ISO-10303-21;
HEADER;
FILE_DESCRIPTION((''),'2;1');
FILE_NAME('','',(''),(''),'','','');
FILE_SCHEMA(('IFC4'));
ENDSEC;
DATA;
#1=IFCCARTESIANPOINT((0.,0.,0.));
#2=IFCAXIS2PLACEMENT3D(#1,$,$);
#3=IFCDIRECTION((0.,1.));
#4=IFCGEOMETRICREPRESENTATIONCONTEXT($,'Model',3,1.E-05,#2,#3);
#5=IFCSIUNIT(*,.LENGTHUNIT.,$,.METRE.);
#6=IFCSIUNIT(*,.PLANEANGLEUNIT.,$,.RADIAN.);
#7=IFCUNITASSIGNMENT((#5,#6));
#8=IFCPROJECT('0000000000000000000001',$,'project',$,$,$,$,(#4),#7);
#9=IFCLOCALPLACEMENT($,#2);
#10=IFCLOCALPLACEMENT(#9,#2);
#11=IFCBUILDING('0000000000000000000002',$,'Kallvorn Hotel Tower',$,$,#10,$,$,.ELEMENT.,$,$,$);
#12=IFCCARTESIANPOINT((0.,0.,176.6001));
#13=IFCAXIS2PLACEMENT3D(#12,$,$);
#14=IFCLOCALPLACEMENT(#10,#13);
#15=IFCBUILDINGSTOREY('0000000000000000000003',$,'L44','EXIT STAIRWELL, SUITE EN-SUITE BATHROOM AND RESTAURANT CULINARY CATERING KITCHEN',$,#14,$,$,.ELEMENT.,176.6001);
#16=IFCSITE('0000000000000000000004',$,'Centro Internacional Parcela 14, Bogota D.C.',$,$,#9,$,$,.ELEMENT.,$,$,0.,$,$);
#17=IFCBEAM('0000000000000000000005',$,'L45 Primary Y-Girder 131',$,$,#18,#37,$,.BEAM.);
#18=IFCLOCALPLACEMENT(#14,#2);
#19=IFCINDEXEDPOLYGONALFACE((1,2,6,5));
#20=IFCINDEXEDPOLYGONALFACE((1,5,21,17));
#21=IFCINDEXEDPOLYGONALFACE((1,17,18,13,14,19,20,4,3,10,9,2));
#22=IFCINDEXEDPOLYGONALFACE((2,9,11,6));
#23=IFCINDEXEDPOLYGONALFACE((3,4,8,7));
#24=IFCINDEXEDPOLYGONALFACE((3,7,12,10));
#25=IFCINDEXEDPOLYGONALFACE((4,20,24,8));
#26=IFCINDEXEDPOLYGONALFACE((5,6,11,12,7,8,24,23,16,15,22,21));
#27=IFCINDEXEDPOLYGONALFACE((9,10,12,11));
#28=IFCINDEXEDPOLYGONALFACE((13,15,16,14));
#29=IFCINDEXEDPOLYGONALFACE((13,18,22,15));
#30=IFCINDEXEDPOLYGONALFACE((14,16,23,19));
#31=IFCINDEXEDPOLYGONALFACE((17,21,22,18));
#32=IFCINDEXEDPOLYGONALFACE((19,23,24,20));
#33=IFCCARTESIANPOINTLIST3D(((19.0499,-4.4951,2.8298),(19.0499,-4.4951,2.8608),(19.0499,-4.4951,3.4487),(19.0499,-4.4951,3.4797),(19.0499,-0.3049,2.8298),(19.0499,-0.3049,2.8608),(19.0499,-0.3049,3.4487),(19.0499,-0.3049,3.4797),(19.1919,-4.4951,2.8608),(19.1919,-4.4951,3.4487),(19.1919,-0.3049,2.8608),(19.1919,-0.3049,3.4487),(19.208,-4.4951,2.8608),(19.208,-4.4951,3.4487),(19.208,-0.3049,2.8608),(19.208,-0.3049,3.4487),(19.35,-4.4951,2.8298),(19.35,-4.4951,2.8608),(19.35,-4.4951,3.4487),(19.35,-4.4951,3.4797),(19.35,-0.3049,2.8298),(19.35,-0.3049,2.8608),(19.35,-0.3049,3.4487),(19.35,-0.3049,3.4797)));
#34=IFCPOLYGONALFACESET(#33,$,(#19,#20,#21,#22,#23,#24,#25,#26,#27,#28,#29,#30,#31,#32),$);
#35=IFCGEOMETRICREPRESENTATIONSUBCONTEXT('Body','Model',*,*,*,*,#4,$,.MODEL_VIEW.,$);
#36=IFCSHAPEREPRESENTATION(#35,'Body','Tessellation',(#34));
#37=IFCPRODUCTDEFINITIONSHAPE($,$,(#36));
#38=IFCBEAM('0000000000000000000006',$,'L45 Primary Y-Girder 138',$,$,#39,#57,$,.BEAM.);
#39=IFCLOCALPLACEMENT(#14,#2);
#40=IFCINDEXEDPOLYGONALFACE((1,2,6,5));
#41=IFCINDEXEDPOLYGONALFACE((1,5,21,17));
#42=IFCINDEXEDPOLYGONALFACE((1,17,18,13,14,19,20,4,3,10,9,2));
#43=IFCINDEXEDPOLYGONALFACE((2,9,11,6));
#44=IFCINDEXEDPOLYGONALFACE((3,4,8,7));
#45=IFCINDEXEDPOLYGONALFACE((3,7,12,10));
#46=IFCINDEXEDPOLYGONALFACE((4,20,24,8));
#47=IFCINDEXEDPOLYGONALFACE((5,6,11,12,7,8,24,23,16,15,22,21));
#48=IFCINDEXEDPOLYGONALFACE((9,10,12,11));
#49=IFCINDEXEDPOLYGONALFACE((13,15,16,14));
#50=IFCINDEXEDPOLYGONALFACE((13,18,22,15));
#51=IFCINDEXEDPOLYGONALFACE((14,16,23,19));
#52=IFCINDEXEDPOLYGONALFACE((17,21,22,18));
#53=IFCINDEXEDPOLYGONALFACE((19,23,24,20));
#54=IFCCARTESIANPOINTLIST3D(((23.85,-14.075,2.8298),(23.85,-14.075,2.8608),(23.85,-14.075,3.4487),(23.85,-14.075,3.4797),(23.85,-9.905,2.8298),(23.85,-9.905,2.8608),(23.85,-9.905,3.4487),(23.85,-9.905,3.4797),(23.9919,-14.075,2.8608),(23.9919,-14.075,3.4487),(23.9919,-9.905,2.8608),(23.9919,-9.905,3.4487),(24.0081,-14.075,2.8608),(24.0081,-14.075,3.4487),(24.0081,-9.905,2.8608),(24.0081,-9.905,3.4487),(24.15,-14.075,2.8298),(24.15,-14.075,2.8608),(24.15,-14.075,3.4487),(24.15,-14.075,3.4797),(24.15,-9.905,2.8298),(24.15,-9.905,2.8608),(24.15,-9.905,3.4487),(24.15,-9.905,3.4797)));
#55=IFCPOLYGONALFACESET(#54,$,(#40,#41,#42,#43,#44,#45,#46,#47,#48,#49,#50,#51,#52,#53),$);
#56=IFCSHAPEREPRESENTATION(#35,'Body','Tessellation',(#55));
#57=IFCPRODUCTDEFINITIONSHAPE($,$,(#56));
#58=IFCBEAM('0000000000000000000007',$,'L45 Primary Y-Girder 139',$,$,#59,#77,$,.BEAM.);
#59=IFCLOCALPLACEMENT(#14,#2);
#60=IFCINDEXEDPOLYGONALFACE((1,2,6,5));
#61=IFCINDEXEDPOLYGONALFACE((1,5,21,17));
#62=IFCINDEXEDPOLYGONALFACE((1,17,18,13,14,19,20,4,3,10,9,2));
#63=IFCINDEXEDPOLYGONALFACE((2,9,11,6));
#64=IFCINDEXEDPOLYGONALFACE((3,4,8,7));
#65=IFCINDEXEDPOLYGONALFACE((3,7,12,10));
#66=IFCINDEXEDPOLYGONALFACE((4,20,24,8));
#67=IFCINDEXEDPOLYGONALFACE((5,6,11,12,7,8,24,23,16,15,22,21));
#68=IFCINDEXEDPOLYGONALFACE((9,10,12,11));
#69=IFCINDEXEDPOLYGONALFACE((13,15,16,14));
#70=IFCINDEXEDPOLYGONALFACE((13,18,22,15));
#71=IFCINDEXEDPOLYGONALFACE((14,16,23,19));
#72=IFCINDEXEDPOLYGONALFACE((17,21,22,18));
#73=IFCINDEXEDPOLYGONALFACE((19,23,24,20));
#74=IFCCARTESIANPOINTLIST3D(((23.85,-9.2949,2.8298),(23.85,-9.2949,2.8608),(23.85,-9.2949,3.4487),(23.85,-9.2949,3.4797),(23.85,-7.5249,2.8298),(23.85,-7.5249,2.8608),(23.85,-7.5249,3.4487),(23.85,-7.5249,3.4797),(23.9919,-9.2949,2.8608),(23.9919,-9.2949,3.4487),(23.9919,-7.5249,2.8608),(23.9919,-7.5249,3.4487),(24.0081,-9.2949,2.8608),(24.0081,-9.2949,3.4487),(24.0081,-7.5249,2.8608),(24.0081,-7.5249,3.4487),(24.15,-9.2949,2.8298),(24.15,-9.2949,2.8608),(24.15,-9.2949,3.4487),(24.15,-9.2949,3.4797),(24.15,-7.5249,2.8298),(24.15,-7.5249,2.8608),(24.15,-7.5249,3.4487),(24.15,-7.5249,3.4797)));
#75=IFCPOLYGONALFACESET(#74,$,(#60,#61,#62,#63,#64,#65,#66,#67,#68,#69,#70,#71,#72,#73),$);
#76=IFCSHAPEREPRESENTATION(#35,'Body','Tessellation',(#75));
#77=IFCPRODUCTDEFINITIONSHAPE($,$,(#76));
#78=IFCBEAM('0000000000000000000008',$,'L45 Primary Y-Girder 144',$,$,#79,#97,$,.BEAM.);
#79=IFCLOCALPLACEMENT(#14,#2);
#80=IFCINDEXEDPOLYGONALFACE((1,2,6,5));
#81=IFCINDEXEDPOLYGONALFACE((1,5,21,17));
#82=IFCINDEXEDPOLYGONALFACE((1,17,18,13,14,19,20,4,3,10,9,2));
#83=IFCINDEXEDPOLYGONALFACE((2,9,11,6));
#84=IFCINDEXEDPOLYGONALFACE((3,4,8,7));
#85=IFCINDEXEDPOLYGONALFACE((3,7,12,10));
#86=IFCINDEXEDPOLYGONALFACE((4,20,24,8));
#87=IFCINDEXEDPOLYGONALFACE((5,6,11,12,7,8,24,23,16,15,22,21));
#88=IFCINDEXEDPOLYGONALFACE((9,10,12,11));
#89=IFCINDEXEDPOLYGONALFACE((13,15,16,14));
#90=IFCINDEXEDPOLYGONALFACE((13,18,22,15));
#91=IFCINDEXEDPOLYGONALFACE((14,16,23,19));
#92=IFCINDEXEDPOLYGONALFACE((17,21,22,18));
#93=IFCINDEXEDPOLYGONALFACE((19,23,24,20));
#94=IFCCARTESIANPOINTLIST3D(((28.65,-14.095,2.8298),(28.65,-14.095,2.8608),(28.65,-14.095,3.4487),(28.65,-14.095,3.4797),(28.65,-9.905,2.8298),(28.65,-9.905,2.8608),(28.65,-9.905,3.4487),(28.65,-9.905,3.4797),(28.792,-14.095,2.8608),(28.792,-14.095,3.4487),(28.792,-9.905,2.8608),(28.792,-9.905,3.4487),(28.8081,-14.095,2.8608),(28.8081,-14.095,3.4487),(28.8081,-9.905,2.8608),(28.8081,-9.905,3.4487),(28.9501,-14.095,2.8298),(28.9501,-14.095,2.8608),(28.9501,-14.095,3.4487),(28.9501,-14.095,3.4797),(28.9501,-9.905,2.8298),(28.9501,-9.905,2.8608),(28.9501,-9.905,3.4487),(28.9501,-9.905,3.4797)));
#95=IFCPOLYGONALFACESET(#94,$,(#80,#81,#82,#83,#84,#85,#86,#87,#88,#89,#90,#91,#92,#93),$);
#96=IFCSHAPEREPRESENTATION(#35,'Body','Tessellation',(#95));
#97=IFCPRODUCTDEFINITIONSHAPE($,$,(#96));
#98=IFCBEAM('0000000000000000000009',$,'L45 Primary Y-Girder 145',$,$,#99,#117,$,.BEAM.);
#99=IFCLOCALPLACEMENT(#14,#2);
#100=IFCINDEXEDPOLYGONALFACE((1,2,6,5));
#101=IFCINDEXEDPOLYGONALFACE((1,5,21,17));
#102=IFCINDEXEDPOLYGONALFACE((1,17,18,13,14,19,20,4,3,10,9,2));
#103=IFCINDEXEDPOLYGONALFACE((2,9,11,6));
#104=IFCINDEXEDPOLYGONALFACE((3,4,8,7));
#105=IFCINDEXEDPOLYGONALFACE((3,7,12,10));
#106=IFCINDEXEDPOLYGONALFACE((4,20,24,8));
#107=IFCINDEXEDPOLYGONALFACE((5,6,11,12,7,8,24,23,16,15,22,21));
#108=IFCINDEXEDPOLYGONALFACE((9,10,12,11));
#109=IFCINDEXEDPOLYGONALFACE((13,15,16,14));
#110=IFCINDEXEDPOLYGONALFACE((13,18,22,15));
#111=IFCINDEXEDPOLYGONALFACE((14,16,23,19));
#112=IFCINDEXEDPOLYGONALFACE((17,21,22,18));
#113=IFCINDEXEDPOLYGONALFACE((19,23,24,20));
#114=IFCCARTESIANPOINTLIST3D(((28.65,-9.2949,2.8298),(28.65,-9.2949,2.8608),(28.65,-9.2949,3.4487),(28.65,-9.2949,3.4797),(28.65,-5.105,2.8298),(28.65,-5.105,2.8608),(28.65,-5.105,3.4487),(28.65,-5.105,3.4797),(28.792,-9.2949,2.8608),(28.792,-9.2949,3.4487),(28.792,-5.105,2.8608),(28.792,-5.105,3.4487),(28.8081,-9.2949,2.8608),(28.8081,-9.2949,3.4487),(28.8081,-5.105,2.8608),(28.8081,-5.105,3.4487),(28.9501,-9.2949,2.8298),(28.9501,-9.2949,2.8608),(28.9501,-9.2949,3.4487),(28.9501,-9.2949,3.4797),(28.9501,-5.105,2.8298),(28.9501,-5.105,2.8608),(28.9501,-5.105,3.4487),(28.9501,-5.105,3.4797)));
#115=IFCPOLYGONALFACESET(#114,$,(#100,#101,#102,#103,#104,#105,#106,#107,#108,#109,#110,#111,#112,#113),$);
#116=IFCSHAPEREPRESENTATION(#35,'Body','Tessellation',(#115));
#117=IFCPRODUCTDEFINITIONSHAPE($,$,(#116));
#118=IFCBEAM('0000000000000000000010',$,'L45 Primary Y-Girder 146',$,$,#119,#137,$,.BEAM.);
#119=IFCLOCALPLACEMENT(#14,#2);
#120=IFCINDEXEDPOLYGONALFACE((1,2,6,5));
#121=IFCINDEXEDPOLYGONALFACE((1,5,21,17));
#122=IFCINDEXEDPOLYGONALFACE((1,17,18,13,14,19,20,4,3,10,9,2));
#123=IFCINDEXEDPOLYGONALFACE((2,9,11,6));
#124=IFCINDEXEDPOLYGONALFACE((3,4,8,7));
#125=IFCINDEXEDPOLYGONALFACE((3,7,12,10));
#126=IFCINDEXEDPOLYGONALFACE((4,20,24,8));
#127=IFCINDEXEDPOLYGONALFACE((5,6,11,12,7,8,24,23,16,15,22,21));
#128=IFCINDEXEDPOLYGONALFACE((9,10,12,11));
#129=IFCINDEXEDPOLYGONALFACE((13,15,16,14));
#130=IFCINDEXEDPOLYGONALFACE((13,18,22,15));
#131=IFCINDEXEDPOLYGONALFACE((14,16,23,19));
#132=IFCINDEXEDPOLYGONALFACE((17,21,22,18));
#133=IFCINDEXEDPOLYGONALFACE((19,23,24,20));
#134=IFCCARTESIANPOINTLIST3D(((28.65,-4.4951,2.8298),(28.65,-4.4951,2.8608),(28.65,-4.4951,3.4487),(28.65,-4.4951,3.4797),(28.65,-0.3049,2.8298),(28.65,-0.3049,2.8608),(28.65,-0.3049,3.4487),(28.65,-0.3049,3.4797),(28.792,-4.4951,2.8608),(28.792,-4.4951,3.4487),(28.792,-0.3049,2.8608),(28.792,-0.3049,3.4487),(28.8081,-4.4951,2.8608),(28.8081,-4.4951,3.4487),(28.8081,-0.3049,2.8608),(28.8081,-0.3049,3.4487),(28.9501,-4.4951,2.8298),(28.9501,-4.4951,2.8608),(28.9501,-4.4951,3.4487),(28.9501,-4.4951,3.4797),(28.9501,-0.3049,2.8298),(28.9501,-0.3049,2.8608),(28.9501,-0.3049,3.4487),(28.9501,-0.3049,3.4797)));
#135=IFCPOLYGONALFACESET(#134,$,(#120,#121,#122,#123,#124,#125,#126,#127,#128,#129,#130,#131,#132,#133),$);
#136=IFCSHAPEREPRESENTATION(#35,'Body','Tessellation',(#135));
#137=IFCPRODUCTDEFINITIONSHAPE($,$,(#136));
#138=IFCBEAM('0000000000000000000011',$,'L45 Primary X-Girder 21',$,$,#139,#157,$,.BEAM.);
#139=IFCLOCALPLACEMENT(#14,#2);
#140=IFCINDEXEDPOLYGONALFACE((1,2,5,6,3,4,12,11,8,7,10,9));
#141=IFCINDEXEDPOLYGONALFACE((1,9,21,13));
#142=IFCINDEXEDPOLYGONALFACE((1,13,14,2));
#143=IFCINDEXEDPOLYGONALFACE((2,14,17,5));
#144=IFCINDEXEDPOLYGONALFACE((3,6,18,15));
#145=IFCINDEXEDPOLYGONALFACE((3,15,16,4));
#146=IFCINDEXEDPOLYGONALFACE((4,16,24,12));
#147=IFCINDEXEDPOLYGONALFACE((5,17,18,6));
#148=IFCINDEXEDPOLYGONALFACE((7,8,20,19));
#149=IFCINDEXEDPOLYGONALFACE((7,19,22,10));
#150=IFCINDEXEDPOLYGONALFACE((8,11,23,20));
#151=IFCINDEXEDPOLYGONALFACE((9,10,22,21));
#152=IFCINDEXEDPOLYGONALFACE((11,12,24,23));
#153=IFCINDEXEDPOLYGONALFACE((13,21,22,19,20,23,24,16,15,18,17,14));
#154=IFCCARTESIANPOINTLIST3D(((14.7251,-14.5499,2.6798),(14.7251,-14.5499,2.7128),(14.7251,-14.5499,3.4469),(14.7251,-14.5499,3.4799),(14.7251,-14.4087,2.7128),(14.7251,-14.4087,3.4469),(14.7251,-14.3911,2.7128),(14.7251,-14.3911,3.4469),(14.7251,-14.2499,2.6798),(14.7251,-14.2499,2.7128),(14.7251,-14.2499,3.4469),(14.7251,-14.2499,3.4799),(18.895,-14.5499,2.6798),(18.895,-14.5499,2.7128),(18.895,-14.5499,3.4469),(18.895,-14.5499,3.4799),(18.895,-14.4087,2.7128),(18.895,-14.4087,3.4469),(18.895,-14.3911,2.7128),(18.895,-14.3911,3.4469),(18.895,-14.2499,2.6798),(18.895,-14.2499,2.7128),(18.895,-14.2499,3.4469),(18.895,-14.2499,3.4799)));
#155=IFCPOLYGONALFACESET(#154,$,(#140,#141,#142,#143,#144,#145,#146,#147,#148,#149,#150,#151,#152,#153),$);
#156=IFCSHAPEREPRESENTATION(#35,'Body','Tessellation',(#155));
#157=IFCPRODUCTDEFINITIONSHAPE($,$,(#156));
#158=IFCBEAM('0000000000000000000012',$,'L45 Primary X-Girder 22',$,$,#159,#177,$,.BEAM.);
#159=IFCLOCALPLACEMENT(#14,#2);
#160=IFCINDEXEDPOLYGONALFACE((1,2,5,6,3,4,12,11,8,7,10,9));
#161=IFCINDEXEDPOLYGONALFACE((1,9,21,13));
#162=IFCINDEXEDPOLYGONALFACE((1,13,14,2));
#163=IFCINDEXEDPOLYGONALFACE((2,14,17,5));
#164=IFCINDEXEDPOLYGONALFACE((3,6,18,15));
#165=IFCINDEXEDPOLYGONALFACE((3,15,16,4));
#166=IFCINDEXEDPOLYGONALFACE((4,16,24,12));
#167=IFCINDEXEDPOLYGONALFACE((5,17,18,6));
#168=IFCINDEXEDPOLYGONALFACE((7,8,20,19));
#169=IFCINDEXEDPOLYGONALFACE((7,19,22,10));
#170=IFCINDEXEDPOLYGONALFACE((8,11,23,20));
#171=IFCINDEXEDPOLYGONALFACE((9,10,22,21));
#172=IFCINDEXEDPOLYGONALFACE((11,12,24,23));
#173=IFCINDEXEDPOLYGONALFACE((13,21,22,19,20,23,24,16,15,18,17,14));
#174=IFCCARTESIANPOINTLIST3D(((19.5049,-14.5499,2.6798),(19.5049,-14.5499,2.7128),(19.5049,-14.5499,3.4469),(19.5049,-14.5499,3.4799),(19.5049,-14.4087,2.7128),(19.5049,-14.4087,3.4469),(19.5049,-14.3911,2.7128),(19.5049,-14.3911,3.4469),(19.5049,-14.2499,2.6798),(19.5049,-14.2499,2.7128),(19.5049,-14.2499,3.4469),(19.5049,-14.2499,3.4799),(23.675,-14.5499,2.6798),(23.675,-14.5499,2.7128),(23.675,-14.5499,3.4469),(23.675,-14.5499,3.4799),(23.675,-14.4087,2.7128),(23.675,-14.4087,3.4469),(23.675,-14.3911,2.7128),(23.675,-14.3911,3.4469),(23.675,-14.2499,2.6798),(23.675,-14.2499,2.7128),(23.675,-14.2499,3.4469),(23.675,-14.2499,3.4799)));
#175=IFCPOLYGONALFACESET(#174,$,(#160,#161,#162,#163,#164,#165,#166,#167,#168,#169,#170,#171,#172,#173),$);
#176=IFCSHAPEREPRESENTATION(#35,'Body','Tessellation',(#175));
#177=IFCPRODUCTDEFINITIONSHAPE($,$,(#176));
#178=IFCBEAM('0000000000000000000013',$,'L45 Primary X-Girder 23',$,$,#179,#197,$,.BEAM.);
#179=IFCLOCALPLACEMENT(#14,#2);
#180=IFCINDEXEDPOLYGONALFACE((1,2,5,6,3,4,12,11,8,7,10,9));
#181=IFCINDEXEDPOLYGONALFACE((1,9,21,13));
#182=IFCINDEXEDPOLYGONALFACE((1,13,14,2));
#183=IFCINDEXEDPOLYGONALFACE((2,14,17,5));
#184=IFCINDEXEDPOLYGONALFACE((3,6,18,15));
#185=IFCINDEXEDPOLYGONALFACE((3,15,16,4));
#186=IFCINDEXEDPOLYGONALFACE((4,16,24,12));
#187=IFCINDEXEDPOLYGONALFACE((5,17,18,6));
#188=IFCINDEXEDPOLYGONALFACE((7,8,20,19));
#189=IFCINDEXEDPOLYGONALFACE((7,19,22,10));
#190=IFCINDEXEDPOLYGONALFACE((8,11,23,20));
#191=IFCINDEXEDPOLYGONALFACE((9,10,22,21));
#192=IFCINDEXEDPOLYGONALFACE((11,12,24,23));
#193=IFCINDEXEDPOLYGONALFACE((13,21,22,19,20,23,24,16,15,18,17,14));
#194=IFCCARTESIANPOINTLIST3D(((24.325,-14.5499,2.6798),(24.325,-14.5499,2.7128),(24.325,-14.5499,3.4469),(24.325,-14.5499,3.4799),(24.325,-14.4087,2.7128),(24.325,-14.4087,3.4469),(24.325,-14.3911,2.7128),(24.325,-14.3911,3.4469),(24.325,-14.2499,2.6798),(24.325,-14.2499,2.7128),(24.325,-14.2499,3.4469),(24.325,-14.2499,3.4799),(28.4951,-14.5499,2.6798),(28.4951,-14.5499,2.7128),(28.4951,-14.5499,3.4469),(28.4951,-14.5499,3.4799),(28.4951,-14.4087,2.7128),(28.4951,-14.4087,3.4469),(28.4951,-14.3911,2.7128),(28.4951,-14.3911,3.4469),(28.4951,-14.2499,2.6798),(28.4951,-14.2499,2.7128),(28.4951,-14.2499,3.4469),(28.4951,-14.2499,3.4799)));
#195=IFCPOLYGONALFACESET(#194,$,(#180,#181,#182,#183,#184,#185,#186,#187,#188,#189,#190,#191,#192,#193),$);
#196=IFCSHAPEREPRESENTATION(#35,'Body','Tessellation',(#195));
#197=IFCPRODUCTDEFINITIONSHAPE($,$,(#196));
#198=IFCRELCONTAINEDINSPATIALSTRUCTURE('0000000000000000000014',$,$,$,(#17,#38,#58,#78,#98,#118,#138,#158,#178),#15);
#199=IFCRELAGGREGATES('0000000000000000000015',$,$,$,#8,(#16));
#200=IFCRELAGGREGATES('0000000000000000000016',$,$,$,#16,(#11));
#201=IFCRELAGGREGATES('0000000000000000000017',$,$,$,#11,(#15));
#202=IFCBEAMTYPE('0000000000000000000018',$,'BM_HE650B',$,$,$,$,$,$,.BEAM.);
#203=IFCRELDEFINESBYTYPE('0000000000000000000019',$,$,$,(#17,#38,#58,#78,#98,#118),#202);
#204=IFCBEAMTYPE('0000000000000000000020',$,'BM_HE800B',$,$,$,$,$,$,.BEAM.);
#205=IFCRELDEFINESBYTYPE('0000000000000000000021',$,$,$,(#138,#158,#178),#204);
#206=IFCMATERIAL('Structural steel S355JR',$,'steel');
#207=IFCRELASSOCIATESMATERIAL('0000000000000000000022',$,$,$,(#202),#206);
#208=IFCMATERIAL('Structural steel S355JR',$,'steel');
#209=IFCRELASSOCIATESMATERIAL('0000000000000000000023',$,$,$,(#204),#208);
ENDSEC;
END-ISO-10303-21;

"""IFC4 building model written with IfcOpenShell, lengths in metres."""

from ifc_helpers import new_model, si_unit, direction, frame, origin, origin_2d, place, context, subcontext, project, spatial, i_section, extrude, material, material_profile, profile_set, type_object, element, save


model = new_model("IFC4")

# Units and contexts
model_context = context("Model", 3, precision=1e-05, world=origin(), true_north=direction((0.0, 1.0)))
body_context = subcontext(model_context, "Body", "Model", "MODEL_VIEW")
ifc_project = project(units=[si_unit("LENGTHUNIT", "METRE"), si_unit("PLANEANGLEUNIT", "RADIAN")], contexts=[model_context])

# Site, building, storey
site_placement = place(None, origin())
site = spatial("IfcSite", under=ifc_project, at=site_placement, Name="Centro Internacional Parcela 14, Bogota D.C.", CompositionType="ELEMENT", RefElevation=0.0)
building_placement = place(site_placement, origin())
building = spatial("IfcBuilding", under=site, at=building_placement, Name="Kallvorn Hotel Tower", CompositionType="ELEMENT")
storey_placement = place(building_placement, frame((0.0, 0.0, 176.6001)))
storey = spatial("IfcBuildingStorey", under=building, at=storey_placement, Name="L44", Description="EXIT STAIRWELL, SUITE EN-SUITE BATHROOM AND RESTAURANT CULINARY CATERING KITCHEN", CompositionType="ELEMENT", Elevation=176.6001)

# Beams
ifc_material_1 = material(Name="Structural steel S355JR", Category="steel")
ifc_material_profile_1 = material_profile(ifc_material_1, i_section(OverallWidth=0.3, OverallDepth=0.6499, WebThickness=0.0161, FlangeThickness=0.031, at=origin_2d()), Name="HE 650 B")
ifc_profile_set_1 = profile_set([ifc_material_profile_1], Name="Structural steel S355JR")
beam_type_1 = type_object("IfcBeamType", Name="BM_HE650B", PredefinedType="BEAM", material=ifc_profile_set_1)
beam_1_placement = place(storey_placement, frame((19.2, -4.4951, 3.1548), z_axis=(0.0, 1.0, 0.0), x_axis=(-1.0, 0.0, 0.0)))
element("IfcBeam", 1, at=beam_1_placement, inside=storey, type_object=beam_type_1, Name="L45 Primary Y-Girder 131", PredefinedType="BEAM", context=body_context, shape_type="SweptSolid", body=[
    extrude(i_section(OverallWidth=0.3, OverallDepth=0.6499, WebThickness=0.0161, FlangeThickness=0.031, at=origin_2d()), origin(), (0.0, 0.0, 1.0), 4.1902),
])
beam_2_placement = place(storey_placement, frame((24.0, -14.075, 3.1548), z_axis=(0.0, 1.0, 0.0), x_axis=(-1.0, 0.0, 0.0)))
element("IfcBeam", 2, at=beam_2_placement, inside=storey, type_object=beam_type_1, Name="L45 Primary Y-Girder 138", PredefinedType="BEAM", context=body_context, shape_type="SweptSolid", body=[
    extrude(i_section(OverallWidth=0.3, OverallDepth=0.6499, WebThickness=0.0161, FlangeThickness=0.031, at=origin_2d()), origin(), (0.0, 0.0, 1.0), 4.1699),
])
beam_3_placement = place(storey_placement, frame((24.0, -9.2949, 3.1548), z_axis=(0.0, 1.0, 0.0), x_axis=(-1.0, 0.0, 0.0)))
element("IfcBeam", 3, at=beam_3_placement, inside=storey, type_object=beam_type_1, Name="L45 Primary Y-Girder 139", PredefinedType="BEAM", context=body_context, shape_type="SweptSolid", body=[
    extrude(i_section(OverallWidth=0.3, OverallDepth=0.6499, WebThickness=0.0161, FlangeThickness=0.031, at=origin_2d()), origin(), (0.0, 0.0, 1.0), 1.77),
])
for number, where, z_axis, x_axis, name in (
    (4, (28.8, -14.095, 3.1548), (0.0, 1.0, 0.0), (-1.0, 0.0, 0.0), "L45 Primary Y-Girder 144"),
    (5, (28.8, -9.2949, 3.1548), (0.0, 1.0, 0.0), (-1.0, 0.0, 0.0), "L45 Primary Y-Girder 145"),
):
    element("IfcBeam", number, at=place(storey_placement, frame(where, z_axis=z_axis, x_axis=x_axis)), inside=storey, type_object=beam_type_1, Name=name, PredefinedType="BEAM", context=body_context, shape_type="SweptSolid", body=[
        extrude(i_section(OverallWidth=0.3, OverallDepth=0.6499, WebThickness=0.0161, FlangeThickness=0.031, at=origin_2d()), origin(), (0.0, 0.0, 1.0), 4.1899),
    ])
beam_4_placement = place(storey_placement, frame((28.8, -4.4951, 3.1548), z_axis=(0.0, 1.0, 0.0), x_axis=(-1.0, 0.0, 0.0)))
element("IfcBeam", 6, at=beam_4_placement, inside=storey, type_object=beam_type_1, Name="L45 Primary Y-Girder 146", PredefinedType="BEAM", context=body_context, shape_type="SweptSolid", body=[
    extrude(i_section(OverallWidth=0.3, OverallDepth=0.6499, WebThickness=0.0161, FlangeThickness=0.031, at=origin_2d()), origin(), (0.0, 0.0, 1.0), 4.1902),
])
ifc_material_2 = material(Name="Structural steel S355JR", Category="steel")
ifc_material_profile_2 = material_profile(ifc_material_2, i_section(OverallWidth=0.3, OverallDepth=0.8, WebThickness=0.0176, FlangeThickness=0.033, at=origin_2d()), Name="HE 800 B")
ifc_profile_set_2 = profile_set([ifc_material_profile_2], Name="Structural steel S355JR")
beam_type_2 = type_object("IfcBeamType", Name="BM_HE800B", PredefinedType="BEAM", material=ifc_profile_set_2)
beam_5_placement = place(storey_placement, frame((14.7251, -14.3999, 3.0798), z_axis=(1.0, 0.0, 0.0), x_axis=(0.0, 1.0, 0.0)))
element("IfcBeam", 7, at=beam_5_placement, inside=storey, type_object=beam_type_2, Name="L45 Primary X-Girder 21", PredefinedType="BEAM", context=body_context, shape_type="SweptSolid", body=[
    extrude(i_section(OverallWidth=0.3, OverallDepth=0.8, WebThickness=0.0176, FlangeThickness=0.033, at=origin_2d()), origin(), (0.0, 0.0, 1.0), 4.1699),
])
for number, where, z_axis, x_axis, name in (
    (8, (19.5049, -14.3999, 3.0798), (1.0, 0.0, 0.0), (0.0, 1.0, 0.0), "L45 Primary X-Girder 22"),
    (9, (24.325, -14.3999, 3.0798), (1.0, 0.0, 0.0), (0.0, 1.0, 0.0), "L45 Primary X-Girder 23"),
):
    element("IfcBeam", number, at=place(storey_placement, frame(where, z_axis=z_axis, x_axis=x_axis)), inside=storey, type_object=beam_type_2, Name=name, PredefinedType="BEAM", context=body_context, shape_type="SweptSolid", body=[
        extrude(i_section(OverallWidth=0.3, OverallDepth=0.8, WebThickness=0.0176, FlangeThickness=0.033, at=origin_2d()), origin(), (0.0, 0.0, 1.0), 4.1702),
    ])

save(model, "model.ifc")
